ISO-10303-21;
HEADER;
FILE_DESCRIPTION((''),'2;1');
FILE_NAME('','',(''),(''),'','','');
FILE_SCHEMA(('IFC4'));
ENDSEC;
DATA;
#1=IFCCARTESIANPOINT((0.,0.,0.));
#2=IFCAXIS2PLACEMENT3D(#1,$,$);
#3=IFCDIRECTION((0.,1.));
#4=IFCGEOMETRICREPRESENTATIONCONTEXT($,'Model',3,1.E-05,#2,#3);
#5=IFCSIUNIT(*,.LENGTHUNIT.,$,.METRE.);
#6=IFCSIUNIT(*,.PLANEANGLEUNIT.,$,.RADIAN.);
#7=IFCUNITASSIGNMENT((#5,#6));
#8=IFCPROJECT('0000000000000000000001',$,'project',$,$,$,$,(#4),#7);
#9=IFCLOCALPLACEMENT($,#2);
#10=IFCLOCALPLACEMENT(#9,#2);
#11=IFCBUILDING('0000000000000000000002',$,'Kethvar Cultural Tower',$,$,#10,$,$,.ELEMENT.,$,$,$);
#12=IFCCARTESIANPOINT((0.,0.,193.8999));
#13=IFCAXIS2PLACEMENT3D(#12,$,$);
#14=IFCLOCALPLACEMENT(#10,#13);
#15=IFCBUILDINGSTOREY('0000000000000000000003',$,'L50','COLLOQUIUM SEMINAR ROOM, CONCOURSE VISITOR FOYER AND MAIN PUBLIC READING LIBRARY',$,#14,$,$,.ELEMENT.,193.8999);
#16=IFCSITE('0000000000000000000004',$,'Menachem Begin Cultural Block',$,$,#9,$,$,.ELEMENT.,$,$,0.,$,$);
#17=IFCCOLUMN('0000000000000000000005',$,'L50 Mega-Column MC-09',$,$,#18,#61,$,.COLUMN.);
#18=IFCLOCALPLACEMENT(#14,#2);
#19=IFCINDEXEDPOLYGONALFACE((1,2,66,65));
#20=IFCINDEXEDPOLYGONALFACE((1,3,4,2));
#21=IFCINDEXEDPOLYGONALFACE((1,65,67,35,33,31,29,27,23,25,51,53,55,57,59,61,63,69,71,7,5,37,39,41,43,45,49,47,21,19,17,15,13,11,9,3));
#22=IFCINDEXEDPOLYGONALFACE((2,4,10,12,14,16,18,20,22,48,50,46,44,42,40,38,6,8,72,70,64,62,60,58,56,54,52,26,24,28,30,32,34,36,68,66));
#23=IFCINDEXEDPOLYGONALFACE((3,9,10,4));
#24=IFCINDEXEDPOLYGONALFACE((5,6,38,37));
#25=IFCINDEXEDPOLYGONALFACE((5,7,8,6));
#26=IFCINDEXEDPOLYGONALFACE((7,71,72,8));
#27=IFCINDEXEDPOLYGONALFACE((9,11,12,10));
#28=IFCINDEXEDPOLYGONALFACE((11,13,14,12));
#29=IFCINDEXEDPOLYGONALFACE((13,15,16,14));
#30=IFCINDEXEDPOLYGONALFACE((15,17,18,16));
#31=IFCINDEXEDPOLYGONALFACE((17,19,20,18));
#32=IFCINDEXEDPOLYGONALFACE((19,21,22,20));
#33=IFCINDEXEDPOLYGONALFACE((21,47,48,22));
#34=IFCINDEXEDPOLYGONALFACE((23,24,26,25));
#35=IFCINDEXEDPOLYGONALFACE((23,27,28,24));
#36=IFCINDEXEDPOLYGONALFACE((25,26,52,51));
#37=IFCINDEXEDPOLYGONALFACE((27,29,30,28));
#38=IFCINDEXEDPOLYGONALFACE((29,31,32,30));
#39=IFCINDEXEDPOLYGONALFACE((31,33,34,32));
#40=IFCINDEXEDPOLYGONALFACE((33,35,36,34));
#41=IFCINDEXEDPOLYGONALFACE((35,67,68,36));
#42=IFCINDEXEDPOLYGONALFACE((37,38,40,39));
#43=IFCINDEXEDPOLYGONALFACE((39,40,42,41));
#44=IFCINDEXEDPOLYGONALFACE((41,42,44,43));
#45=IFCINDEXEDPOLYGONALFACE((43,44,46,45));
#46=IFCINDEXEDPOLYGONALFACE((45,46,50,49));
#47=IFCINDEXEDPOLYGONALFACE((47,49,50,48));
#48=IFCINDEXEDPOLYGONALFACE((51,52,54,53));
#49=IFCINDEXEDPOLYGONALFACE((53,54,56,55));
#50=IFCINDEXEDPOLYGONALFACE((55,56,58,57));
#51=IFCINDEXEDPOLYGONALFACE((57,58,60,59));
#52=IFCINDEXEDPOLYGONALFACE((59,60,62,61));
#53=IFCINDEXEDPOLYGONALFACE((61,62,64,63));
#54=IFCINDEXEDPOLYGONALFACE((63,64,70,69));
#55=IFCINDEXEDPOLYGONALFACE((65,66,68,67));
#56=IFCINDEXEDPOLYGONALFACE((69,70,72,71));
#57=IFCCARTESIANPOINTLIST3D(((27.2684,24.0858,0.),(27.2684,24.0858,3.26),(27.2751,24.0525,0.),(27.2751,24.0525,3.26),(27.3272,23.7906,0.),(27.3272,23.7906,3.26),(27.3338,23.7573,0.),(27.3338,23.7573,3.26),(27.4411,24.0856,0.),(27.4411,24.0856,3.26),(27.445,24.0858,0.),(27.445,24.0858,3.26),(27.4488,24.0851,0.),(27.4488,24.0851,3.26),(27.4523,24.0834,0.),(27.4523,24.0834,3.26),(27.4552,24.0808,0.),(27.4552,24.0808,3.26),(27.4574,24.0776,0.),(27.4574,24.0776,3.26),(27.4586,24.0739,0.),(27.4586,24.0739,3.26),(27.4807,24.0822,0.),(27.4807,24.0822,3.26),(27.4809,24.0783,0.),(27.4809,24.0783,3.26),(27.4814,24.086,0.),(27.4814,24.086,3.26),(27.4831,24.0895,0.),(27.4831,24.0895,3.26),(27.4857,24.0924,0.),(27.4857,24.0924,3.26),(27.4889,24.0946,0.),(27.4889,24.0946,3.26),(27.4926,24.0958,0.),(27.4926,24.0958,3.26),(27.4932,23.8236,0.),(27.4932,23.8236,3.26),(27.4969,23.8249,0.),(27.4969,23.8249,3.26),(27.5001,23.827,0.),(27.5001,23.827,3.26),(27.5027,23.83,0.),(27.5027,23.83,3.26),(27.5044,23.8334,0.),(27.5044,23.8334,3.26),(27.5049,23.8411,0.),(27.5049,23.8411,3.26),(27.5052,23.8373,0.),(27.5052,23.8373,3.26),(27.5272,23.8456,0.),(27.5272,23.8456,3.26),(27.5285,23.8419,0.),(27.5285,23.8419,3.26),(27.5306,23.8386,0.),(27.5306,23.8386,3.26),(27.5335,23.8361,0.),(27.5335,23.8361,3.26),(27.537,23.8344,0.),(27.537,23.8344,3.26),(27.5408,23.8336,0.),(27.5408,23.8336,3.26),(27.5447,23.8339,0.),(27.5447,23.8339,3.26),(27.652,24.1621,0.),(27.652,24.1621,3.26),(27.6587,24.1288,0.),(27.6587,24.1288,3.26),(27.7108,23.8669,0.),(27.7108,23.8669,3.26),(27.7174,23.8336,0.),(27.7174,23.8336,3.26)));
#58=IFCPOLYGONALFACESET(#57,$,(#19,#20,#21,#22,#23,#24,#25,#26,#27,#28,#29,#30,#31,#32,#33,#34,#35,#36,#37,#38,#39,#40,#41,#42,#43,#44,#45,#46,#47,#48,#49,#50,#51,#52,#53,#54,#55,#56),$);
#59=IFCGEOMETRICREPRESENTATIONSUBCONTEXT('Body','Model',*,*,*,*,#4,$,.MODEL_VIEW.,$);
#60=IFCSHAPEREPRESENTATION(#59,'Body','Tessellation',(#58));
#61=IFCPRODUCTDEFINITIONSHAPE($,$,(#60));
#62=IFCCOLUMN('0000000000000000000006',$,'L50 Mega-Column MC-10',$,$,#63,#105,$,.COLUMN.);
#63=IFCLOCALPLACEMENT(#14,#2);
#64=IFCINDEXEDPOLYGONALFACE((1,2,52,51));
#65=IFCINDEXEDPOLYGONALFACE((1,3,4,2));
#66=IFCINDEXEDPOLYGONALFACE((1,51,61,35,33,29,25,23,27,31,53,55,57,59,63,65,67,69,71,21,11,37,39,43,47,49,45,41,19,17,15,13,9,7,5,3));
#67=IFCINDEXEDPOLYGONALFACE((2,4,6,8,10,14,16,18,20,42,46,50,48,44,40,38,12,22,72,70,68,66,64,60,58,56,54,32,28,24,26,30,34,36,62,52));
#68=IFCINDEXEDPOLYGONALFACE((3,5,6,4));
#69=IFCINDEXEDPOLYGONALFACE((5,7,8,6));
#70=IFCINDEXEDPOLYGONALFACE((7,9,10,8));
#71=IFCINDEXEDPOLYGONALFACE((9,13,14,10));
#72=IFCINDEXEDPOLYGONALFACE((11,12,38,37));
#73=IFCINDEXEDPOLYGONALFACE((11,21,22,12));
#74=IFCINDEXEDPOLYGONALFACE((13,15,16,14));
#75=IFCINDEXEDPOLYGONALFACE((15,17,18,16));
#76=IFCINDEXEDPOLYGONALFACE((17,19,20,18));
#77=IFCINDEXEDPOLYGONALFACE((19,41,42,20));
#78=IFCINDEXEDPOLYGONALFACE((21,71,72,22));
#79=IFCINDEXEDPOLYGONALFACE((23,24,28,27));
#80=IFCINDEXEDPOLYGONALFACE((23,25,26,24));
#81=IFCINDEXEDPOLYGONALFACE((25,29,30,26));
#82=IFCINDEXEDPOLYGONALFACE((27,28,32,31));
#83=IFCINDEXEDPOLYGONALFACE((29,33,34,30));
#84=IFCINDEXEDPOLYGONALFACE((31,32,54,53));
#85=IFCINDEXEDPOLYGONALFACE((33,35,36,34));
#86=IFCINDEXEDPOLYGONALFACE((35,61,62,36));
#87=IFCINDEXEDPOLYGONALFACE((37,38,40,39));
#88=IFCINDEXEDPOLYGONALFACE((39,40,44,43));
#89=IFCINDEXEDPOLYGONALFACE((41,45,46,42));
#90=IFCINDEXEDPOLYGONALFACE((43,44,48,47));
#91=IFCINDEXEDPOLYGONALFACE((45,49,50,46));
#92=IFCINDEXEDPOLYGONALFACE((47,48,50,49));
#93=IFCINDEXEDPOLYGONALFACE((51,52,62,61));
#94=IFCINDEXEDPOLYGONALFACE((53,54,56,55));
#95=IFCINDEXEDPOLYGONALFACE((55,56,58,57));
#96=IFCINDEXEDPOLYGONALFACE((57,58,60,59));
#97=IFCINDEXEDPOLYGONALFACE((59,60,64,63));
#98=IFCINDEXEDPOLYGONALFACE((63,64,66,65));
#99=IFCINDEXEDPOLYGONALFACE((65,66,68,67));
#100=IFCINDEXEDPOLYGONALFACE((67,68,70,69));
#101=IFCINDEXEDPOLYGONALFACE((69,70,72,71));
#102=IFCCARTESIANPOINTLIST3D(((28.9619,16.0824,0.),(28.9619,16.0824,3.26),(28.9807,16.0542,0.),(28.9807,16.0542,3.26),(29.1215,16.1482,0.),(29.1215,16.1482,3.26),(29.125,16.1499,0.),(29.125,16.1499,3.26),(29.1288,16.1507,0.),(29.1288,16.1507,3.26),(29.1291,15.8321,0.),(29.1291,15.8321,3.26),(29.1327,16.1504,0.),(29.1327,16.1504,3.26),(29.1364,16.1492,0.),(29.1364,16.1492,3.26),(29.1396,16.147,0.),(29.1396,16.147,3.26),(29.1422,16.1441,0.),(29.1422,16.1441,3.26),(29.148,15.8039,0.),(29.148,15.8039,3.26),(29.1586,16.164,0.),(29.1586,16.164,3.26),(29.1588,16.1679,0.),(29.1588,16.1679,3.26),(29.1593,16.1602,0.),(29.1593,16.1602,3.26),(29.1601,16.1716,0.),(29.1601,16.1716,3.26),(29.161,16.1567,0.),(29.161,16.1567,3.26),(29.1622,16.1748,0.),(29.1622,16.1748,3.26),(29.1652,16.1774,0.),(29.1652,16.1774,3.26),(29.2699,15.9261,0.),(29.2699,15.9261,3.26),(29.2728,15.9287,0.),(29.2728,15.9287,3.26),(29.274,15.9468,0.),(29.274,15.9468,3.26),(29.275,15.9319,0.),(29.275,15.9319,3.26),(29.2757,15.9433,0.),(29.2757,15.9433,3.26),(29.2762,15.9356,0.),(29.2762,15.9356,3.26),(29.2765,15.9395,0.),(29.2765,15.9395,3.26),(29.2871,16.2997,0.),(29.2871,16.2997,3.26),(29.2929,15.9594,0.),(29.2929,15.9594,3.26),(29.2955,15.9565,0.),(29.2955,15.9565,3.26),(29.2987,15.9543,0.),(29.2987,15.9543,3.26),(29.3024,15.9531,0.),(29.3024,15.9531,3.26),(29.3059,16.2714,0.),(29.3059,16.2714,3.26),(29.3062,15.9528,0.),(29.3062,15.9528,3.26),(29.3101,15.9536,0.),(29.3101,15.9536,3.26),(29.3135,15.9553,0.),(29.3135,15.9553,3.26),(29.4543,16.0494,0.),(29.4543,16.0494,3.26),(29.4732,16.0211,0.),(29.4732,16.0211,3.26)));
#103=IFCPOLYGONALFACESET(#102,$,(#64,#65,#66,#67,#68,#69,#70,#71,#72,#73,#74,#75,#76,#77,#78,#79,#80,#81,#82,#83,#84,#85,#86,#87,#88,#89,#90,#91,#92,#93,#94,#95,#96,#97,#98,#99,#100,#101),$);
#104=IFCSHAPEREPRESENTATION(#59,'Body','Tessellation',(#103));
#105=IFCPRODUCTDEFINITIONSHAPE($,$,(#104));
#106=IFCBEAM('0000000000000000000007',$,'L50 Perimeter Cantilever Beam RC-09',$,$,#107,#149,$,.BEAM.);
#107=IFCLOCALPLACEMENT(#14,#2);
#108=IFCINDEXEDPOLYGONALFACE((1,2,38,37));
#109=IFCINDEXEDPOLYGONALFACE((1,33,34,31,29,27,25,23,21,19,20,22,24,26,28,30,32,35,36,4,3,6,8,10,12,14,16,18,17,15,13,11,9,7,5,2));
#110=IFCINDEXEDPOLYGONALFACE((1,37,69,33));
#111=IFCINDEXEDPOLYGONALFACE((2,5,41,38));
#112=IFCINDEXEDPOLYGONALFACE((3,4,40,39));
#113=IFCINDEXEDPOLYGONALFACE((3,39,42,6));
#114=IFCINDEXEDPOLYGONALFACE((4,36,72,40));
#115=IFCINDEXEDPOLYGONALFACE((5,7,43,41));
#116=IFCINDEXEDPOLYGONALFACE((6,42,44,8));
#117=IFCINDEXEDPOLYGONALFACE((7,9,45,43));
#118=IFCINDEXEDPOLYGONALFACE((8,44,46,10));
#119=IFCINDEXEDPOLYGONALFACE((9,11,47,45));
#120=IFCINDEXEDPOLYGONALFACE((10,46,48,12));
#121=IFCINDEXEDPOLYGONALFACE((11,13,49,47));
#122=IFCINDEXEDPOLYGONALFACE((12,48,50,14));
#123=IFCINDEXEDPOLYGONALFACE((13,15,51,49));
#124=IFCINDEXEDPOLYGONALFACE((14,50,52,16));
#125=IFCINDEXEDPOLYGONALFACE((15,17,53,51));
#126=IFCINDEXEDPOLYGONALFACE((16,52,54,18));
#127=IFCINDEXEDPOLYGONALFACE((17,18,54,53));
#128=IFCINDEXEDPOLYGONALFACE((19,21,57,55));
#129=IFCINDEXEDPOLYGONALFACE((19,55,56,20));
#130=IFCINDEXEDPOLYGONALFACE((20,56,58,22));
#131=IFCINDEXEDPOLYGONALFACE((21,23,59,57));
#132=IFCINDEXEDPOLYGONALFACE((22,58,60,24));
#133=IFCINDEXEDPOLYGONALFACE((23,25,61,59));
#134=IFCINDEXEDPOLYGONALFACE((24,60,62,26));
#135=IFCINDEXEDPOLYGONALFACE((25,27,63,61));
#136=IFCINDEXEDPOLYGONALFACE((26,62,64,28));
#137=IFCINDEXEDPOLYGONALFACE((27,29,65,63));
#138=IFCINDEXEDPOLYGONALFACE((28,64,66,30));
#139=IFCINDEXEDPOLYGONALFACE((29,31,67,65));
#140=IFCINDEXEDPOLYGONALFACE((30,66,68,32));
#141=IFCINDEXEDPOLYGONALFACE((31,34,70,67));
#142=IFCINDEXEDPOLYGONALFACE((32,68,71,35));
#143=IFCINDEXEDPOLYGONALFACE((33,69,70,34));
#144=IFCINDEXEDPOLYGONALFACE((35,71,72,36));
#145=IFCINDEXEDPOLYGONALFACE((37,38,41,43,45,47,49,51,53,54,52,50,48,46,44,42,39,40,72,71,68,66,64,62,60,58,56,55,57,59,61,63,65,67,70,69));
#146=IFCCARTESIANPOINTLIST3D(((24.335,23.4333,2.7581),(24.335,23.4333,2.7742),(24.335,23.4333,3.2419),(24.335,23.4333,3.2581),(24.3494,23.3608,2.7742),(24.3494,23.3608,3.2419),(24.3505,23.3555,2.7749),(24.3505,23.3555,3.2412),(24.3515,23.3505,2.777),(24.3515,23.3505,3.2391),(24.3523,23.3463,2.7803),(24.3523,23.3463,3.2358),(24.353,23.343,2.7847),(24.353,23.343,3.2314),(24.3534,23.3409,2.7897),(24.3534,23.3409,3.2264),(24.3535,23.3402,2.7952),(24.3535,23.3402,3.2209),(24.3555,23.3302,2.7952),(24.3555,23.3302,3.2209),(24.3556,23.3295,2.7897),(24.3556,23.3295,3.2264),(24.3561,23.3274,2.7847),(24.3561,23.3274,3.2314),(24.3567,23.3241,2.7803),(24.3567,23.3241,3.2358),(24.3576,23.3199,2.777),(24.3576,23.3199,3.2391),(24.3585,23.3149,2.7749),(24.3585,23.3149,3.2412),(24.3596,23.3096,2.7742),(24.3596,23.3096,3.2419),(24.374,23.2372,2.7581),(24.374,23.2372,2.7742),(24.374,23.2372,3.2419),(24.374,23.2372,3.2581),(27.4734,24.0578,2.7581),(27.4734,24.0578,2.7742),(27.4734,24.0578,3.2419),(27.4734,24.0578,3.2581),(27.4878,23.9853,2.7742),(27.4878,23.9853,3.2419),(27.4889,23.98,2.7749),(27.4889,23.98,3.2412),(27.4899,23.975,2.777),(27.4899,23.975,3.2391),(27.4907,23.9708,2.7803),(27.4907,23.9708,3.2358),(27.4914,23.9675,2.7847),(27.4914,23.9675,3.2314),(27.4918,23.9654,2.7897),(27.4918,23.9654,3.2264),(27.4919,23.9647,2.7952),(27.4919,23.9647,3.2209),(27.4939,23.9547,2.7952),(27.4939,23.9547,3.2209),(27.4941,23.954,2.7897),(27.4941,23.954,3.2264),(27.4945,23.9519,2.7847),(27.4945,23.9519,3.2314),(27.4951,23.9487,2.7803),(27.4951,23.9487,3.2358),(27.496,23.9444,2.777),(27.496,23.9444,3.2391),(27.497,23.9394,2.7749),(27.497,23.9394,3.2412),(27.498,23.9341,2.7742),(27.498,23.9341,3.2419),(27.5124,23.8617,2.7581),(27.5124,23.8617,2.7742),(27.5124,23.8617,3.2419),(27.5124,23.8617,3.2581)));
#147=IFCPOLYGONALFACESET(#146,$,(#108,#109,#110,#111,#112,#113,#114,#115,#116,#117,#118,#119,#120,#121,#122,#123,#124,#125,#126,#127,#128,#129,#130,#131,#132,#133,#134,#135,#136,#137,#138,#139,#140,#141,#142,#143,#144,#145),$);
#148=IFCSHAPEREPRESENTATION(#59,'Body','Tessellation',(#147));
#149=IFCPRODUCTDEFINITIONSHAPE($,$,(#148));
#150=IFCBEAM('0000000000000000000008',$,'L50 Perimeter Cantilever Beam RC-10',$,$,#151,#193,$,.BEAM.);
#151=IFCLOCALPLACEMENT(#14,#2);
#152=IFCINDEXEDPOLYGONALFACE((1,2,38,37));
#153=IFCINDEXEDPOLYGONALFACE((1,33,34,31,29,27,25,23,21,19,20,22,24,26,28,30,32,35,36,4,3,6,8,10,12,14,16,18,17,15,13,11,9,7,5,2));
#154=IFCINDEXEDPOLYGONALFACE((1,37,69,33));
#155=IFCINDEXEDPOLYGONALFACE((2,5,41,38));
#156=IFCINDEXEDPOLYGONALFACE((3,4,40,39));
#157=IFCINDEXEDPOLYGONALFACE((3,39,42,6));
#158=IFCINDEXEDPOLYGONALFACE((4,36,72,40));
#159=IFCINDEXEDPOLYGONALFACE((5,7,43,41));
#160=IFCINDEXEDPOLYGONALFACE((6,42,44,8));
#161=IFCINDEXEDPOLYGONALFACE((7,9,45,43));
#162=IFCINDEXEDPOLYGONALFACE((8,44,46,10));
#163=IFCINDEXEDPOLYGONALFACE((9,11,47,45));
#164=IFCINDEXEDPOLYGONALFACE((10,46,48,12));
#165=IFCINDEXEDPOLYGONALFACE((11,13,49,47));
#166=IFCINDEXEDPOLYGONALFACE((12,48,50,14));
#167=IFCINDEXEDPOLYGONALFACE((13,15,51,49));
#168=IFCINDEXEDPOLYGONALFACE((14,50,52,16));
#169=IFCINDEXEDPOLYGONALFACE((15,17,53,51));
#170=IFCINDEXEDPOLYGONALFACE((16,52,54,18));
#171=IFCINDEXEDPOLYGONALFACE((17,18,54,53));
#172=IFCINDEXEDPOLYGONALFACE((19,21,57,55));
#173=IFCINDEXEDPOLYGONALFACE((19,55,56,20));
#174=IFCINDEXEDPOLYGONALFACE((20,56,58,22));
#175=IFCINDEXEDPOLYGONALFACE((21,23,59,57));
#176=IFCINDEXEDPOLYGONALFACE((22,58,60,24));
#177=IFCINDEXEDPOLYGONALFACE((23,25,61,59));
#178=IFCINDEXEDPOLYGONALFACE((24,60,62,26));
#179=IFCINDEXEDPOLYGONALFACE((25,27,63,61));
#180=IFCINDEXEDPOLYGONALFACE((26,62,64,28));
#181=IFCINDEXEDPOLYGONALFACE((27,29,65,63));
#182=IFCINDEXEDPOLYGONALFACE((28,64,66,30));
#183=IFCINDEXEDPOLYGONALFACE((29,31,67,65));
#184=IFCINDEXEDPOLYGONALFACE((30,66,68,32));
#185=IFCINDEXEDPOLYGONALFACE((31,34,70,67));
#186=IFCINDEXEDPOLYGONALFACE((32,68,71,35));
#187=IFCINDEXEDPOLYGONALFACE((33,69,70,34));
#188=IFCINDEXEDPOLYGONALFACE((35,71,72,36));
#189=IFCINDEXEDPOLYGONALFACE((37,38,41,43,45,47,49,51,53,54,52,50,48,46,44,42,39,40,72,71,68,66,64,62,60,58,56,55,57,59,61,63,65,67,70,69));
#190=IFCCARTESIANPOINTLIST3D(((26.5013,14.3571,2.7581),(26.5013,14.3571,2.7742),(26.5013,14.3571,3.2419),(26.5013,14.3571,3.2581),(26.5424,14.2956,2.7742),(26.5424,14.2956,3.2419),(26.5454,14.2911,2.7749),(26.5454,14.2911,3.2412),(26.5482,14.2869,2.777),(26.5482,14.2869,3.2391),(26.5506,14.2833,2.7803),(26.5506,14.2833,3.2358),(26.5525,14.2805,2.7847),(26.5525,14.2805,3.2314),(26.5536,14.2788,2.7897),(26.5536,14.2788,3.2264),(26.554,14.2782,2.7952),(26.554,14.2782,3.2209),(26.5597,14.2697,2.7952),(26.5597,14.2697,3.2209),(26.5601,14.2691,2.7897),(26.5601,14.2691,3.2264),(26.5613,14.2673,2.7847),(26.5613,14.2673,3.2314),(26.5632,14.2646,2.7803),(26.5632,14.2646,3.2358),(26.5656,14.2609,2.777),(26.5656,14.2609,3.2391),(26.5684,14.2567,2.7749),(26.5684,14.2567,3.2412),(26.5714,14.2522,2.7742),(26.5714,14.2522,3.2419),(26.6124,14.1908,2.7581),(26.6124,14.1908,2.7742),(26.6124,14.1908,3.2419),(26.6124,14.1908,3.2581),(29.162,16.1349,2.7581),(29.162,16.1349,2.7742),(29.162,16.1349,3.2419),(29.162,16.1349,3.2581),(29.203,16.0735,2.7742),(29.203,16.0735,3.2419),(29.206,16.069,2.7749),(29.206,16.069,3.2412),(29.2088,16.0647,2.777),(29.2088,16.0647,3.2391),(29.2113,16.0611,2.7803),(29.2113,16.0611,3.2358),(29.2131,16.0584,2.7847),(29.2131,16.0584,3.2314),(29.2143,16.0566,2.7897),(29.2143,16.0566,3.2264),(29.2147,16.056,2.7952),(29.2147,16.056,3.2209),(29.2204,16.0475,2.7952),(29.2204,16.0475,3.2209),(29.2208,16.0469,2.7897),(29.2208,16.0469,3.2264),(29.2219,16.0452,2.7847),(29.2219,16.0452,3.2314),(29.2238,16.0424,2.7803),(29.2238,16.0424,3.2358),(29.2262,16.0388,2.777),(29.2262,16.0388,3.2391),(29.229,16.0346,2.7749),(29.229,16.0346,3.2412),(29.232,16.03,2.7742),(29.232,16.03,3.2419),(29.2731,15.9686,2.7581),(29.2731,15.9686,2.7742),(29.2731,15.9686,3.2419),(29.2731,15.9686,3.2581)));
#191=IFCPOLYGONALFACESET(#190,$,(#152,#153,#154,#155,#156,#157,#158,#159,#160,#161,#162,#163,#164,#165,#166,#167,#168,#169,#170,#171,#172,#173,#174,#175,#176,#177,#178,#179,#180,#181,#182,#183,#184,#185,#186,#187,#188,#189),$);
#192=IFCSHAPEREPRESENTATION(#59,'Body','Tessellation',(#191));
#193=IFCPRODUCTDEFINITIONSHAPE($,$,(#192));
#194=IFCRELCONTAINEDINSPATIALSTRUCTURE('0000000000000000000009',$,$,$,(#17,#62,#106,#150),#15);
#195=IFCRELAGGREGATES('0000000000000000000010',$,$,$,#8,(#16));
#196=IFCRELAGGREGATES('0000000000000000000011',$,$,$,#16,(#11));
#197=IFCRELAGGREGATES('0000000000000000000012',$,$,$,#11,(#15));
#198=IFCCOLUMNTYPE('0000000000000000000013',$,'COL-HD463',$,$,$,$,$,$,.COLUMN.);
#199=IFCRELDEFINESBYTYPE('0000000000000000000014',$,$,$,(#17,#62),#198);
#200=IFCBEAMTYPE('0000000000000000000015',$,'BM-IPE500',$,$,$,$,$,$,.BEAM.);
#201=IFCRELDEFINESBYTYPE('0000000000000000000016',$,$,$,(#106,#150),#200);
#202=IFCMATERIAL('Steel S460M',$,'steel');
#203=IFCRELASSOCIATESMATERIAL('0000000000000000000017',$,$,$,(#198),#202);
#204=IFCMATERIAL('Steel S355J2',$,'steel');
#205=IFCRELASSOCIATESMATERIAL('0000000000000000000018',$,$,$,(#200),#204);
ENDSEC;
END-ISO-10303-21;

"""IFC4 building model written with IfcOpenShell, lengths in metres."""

from ifc_helpers import new_model, si_unit, direction, frame, origin, origin_2d, place, context, subcontext, project, spatial, i_section, extrude, source, transform, mapped, material, material_profile, profile_set, type_object, element, save


model = new_model("IFC4")

# Units and contexts
model_context = context("Model", 3, precision=1e-05, world=origin(), true_north=direction((0.0, 1.0)))
body_context = subcontext(model_context, "Body", "Model", "MODEL_VIEW")
ifc_project = project(units=[si_unit("LENGTHUNIT", "METRE"), si_unit("PLANEANGLEUNIT", "RADIAN")], contexts=[model_context])

# Site, building, storey
site_placement = place(None, origin())
site = spatial("IfcSite", under=ifc_project, at=site_placement, Name="Menachem Begin Cultural Block", CompositionType="ELEMENT", RefElevation=0.0)
building_placement = place(site_placement, origin())
building = spatial("IfcBuilding", under=site, at=building_placement, Name="Kethvar Cultural Tower", CompositionType="ELEMENT")
storey_placement = place(building_placement, frame((0.0, 0.0, 193.8999)))
storey = spatial("IfcBuildingStorey", under=building, at=storey_placement, Name="L50", Description="COLLOQUIUM SEMINAR ROOM, CONCOURSE VISITOR FOYER AND MAIN PUBLIC READING LIBRARY", CompositionType="ELEMENT", Elevation=193.8999)

# Columns
ifc_material_1 = material(Name="Steel S460M", Category="steel")
ifc_material_profile_1 = material_profile(ifc_material_1, i_section(OverallWidth=0.3911, OverallDepth=0.335, WebThickness=0.0227, FlangeThickness=0.0339, FilletRadius=0.0149, at=origin_2d()), Name="Steel S460M — HD400x463")
ifc_profile_set_1 = profile_set([ifc_material_profile_1], Name="Steel S460M — HD400x463")
column_type = type_object("IfcColumnType", Name="COL-HD463", PredefinedType="COLUMN", material=ifc_profile_set_1)
shared_shape_1 = source(origin(), body_context, "Body", "SweptSolid", [
    extrude(i_section(OverallWidth=0.3911, OverallDepth=0.335, WebThickness=0.0227, FlangeThickness=0.0339, FilletRadius=0.0149, at=origin_2d()), origin(), (0.0, 0.0, 1.0), 3.26),
])
for number, where, z_axis, x_axis, name in (
    (1, (27.4929, 23.9597, 0.0), (0.0, 0.0, 1.0), (-0.980785, -0.19509, 0.0), "L50 Mega-Column MC-09"),
    (2, (29.2175, 16.0518, 0.0), (0.0, 0.0, 1.0), (-0.83147, -0.55557, 0.0), "L50 Mega-Column MC-10"),
):
    element("IfcColumn", number, at=place(storey_placement, frame(where, z_axis=z_axis, x_axis=x_axis)), inside=storey, type_object=column_type, Name=name, PredefinedType="COLUMN", context=body_context, shape_type="MappedRepresentation", body=[
        mapped(shared_shape_1, transform((0.0, 0.0, 0.0), scale=1.0)),
    ])

# Beams
ifc_material_2 = material(Name="Steel S355J2", Category="steel")
ifc_material_profile_2 = material_profile(ifc_material_2, i_section(OverallWidth=0.2, OverallDepth=0.5, WebThickness=0.0103, FlangeThickness=0.0161, FilletRadius=0.021, at=origin_2d()), Name="Steel S355J2 — IPE500")
ifc_profile_set_2 = profile_set([ifc_material_profile_2], Name="Steel S355J2 — IPE500")
beam_type_1 = type_object("IfcBeamType", Name="BM-IPE500", PredefinedType="BEAM", material=ifc_profile_set_2)
shared_shape_2 = source(origin(), body_context, "Body", "SweptSolid", [
    extrude(i_section(OverallWidth=0.2, OverallDepth=0.5, WebThickness=0.0103, FlangeThickness=0.0161, FilletRadius=0.021, at=origin_2d()), origin(), (0.0, 0.0, 1.0), 3.2),
])
for number, where, z_axis, x_axis, name in (
    (3, (27.4929, 23.9597, 3.0081), (-0.980771, -0.195162, 0.0), (0.195162, -0.980771, 0.0), "L50 Perimeter Cantilever Beam RC-09"),
    (4, (29.2175, 16.0518, 3.0081), (-0.831463, -0.55558, 0.0), (0.55558, -0.831463, 0.0), "L50 Perimeter Cantilever Beam RC-10"),
):
    element("IfcBeam", number, at=place(storey_placement, frame(where, z_axis=z_axis, x_axis=x_axis)), inside=storey, type_object=beam_type_1, Name=name, PredefinedType="BEAM", context=body_context, shape_type="MappedRepresentation", body=[
        mapped(shared_shape_2, transform((0.0, 0.0, 0.0), scale=1.0)),
    ])

save(model, "model.ifc")
